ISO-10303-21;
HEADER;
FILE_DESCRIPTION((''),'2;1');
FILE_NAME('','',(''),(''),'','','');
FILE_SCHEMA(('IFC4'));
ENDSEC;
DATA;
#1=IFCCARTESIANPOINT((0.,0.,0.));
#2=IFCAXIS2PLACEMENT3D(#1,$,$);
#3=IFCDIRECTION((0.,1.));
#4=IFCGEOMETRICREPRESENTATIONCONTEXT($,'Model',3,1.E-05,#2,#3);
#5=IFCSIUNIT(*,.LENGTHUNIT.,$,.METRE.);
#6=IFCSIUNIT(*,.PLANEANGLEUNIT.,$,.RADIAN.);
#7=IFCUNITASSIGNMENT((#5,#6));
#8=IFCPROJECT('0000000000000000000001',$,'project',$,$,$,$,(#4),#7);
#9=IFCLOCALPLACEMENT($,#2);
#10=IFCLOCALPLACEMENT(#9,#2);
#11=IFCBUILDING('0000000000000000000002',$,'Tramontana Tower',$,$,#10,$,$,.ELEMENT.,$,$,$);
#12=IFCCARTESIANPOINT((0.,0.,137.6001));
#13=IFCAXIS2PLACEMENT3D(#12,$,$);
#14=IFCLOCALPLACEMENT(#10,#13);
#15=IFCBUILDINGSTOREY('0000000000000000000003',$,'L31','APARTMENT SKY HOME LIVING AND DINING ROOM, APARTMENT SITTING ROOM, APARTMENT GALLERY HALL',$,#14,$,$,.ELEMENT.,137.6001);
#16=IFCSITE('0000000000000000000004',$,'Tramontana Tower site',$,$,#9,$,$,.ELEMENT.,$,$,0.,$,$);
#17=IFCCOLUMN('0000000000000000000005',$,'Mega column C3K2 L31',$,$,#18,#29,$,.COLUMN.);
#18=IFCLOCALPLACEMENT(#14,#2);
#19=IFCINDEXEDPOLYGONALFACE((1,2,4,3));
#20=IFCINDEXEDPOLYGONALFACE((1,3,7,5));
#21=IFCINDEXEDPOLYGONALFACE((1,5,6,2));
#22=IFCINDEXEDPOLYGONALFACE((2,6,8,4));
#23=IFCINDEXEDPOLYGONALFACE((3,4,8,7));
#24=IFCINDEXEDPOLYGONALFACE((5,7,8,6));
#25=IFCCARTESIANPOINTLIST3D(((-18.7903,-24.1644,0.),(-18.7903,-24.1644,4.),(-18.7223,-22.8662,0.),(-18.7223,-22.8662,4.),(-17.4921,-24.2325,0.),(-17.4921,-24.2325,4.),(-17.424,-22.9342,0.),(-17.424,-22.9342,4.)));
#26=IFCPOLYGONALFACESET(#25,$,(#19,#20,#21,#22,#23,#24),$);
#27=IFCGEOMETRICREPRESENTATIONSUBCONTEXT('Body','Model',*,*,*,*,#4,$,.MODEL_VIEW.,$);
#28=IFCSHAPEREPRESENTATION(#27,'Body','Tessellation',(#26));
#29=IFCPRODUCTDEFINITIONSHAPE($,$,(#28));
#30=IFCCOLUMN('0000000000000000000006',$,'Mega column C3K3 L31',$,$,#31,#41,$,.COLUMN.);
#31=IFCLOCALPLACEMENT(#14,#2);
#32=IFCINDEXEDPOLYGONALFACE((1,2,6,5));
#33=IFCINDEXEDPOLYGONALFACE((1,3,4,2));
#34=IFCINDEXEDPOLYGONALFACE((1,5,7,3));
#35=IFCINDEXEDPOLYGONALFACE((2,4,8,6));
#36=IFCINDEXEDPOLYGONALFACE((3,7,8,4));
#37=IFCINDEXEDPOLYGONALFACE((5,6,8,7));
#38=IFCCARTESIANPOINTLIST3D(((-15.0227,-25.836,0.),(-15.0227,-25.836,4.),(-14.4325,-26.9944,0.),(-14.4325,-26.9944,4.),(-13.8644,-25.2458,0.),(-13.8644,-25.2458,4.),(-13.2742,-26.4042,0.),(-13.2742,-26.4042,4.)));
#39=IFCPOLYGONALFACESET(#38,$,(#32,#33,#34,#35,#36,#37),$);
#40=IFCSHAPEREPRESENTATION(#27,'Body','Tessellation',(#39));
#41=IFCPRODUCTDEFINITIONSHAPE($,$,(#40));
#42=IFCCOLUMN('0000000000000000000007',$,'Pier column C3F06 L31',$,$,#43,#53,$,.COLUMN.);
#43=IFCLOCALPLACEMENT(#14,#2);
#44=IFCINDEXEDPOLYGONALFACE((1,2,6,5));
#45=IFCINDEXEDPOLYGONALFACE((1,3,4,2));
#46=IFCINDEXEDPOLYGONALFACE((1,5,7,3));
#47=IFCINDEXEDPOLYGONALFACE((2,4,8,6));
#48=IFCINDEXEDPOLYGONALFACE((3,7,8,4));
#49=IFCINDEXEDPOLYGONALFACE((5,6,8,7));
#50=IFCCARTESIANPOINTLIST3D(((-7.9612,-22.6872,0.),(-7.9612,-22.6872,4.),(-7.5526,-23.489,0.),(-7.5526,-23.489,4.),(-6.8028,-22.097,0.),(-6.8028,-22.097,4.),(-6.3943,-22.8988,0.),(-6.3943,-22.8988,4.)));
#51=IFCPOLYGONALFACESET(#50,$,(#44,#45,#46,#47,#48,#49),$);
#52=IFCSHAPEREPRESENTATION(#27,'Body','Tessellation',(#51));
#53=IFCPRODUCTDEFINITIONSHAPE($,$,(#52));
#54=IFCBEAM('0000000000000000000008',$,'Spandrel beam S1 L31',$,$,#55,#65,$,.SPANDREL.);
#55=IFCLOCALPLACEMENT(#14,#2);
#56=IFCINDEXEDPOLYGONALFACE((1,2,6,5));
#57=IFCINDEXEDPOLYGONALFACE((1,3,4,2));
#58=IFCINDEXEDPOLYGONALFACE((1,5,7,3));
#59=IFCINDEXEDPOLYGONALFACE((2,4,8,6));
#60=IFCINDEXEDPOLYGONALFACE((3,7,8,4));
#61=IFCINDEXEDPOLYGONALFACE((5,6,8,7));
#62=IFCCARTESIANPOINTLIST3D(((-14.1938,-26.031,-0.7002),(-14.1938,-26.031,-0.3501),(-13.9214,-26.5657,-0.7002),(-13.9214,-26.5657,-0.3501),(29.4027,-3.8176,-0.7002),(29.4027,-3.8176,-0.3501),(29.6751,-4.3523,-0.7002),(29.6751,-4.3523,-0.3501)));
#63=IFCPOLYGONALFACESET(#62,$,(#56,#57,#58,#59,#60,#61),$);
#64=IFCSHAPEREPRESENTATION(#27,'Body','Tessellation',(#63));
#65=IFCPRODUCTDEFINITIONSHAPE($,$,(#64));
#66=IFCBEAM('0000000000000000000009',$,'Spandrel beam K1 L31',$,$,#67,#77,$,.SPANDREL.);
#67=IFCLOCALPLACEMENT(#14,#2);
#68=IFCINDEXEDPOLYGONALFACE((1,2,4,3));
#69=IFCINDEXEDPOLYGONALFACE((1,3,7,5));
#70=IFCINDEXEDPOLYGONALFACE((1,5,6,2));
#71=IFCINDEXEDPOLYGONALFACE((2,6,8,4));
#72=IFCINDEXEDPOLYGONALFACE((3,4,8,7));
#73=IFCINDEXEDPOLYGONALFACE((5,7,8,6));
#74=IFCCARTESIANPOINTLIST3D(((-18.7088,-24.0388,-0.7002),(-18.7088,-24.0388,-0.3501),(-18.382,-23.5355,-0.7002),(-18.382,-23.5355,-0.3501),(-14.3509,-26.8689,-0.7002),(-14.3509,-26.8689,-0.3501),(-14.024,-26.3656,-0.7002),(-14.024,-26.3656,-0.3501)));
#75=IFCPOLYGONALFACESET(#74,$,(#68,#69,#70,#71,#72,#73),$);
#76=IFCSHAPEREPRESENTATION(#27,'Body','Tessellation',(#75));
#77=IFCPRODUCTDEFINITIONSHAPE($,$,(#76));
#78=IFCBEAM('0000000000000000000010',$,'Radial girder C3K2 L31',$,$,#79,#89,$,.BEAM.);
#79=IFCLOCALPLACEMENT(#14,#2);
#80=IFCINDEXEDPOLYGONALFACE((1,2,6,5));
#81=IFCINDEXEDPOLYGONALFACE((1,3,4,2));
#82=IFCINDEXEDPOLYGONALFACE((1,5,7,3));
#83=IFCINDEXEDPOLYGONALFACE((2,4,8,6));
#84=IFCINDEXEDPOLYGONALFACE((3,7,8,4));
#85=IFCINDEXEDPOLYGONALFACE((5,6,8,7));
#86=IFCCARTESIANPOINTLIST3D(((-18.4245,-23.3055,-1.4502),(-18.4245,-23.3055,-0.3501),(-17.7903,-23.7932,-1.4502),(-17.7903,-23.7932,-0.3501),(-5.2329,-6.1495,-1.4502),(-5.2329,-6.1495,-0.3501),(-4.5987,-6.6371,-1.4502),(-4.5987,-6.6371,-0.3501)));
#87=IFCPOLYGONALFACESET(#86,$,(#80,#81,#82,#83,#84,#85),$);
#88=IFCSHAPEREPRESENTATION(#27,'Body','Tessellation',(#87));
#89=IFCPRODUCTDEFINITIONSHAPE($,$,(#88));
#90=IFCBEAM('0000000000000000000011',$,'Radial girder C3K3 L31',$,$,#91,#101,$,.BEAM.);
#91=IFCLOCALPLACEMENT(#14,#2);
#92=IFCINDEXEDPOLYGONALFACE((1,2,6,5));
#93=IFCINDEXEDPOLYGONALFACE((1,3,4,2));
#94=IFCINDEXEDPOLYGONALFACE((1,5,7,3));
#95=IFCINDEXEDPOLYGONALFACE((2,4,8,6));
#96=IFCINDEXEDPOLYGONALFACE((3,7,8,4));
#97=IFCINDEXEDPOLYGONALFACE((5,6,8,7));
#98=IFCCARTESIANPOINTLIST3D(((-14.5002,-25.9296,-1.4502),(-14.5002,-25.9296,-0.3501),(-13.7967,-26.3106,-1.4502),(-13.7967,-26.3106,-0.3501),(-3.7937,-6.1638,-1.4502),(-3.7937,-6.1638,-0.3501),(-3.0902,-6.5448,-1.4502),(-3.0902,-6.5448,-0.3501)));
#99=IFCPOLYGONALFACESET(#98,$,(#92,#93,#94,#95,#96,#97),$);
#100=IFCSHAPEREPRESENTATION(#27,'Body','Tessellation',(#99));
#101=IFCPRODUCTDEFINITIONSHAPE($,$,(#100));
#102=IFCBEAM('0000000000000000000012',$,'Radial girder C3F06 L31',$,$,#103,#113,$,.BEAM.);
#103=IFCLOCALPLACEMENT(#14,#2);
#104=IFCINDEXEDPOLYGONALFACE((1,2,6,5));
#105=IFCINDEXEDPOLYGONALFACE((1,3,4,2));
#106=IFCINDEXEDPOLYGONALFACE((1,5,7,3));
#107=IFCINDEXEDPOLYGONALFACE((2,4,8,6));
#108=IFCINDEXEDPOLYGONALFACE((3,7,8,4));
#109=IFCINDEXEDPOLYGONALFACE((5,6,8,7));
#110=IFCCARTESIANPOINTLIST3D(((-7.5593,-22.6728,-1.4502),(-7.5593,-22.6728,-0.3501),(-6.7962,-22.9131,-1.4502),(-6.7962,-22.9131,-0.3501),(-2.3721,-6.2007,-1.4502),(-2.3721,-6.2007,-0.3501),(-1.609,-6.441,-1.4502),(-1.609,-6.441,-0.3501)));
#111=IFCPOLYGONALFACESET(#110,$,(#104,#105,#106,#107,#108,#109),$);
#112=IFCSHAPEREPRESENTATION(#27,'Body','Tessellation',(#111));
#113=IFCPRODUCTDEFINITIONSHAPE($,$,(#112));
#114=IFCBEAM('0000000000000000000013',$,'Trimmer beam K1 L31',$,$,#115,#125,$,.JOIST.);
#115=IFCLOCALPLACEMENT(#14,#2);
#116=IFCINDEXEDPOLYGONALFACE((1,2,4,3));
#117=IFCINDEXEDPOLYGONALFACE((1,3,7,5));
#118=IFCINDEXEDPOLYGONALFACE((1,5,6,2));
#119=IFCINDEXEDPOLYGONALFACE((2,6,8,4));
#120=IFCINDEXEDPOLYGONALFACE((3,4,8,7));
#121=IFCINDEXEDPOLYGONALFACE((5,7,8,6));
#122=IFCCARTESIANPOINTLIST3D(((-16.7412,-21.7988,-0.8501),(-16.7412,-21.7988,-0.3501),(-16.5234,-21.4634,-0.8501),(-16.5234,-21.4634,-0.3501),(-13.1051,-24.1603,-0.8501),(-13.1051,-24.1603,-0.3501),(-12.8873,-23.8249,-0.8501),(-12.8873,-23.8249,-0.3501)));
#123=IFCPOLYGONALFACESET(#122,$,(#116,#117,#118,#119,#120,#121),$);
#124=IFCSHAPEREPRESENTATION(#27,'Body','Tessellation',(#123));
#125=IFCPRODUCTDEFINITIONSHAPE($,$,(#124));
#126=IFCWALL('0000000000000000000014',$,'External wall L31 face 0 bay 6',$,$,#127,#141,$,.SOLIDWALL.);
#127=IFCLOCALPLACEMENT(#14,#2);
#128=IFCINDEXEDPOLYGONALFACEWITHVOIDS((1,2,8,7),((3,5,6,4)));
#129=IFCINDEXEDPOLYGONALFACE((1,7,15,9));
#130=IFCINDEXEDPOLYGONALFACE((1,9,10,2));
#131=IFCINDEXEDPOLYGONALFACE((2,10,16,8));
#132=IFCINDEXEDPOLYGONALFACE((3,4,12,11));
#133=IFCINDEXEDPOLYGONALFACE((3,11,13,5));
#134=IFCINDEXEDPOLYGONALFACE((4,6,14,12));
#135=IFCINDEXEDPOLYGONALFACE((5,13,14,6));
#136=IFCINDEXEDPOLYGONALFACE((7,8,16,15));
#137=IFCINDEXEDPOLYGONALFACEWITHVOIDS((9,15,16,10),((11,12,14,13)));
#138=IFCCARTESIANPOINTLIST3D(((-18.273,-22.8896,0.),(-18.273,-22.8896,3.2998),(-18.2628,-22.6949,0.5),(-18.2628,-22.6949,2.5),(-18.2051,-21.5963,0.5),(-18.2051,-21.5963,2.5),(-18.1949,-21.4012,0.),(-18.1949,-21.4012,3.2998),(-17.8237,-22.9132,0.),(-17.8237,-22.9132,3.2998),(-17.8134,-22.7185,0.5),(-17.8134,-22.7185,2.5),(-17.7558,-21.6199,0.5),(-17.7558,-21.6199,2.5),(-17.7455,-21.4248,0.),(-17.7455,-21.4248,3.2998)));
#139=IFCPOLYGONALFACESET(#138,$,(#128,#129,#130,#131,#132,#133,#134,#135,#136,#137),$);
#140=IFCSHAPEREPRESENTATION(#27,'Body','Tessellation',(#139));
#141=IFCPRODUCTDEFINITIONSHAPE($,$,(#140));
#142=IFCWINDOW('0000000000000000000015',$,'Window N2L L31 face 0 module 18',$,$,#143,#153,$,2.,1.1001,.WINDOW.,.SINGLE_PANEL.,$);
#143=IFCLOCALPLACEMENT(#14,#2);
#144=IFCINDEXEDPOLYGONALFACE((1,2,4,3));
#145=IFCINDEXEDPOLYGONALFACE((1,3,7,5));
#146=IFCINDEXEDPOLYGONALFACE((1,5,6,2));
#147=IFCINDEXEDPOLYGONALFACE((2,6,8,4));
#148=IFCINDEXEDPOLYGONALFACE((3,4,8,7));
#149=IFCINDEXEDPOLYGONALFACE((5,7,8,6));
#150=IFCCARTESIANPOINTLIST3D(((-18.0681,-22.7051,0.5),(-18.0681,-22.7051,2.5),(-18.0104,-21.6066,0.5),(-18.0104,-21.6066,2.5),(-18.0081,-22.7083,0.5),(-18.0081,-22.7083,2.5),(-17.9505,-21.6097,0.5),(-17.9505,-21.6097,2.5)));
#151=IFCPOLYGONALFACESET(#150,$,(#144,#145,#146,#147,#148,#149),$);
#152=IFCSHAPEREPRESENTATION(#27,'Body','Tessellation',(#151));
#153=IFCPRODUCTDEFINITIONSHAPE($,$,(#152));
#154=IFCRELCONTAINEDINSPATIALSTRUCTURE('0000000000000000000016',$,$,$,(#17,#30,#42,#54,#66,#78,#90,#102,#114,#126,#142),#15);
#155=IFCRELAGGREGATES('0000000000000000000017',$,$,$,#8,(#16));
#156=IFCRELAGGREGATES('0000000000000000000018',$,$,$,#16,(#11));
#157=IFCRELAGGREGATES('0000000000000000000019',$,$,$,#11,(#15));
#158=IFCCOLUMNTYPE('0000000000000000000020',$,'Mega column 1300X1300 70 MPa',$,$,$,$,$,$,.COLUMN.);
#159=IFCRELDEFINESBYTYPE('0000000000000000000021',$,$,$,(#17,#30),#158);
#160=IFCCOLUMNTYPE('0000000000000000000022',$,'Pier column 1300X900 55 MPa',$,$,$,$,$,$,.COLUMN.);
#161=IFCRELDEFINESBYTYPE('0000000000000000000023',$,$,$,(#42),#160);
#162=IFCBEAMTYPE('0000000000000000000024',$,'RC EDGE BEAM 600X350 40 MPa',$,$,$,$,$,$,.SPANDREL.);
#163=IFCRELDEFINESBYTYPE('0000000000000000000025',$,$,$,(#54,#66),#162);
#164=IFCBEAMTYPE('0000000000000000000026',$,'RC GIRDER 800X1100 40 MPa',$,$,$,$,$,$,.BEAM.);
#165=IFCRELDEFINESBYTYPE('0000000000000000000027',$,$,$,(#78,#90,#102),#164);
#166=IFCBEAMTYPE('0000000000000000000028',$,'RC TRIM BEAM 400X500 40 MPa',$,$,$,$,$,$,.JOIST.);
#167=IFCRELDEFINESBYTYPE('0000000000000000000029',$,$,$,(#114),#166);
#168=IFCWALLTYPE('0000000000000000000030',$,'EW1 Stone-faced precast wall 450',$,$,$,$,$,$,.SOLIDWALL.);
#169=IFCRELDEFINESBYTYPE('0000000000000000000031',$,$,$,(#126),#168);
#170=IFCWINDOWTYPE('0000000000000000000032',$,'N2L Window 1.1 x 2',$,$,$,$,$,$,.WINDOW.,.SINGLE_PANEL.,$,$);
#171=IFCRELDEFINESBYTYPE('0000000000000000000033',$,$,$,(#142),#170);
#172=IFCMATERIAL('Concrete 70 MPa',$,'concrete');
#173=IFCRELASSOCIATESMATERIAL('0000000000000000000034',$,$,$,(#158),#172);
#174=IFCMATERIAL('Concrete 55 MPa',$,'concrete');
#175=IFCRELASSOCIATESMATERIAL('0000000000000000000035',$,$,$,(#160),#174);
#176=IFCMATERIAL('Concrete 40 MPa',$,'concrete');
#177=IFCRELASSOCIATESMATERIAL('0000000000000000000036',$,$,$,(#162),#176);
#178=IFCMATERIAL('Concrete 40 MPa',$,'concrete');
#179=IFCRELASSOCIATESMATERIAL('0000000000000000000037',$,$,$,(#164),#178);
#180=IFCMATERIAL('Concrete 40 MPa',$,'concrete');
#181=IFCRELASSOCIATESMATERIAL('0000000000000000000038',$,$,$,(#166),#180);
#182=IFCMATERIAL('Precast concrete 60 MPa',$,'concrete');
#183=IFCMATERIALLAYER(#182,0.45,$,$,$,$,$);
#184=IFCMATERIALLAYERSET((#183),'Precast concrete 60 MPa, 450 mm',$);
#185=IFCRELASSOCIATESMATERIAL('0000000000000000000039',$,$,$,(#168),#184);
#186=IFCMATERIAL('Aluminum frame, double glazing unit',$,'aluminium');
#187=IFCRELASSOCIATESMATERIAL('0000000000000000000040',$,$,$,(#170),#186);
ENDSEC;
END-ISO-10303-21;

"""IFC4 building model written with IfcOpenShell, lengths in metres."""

from ifc_helpers import new_model, si_unit, direction, frame, frame_2d, origin, origin_2d, place, context, subcontext, project, spatial, rectangle, extrude, material, layer, layer_set, material_profile, profile_set, type_object, element, fill, save


model = new_model("IFC4")

# Units and contexts
model_context = context("Model", 3, precision=1e-05, world=origin(), true_north=direction((0.0, 1.0)))
body_context = subcontext(model_context, "Body", "Model", "MODEL_VIEW")
ifc_project = project(units=[si_unit("LENGTHUNIT", "METRE"), si_unit("PLANEANGLEUNIT", "RADIAN")], contexts=[model_context])

# Site, building, storey
site_placement = place(None, origin())
site = spatial("IfcSite", under=ifc_project, at=site_placement, Name="Tramontana Tower site", CompositionType="ELEMENT", RefElevation=0.0)
building_placement = place(site_placement, origin())
building = spatial("IfcBuilding", under=site, at=building_placement, Name="Tramontana Tower", CompositionType="ELEMENT")
storey_placement = place(building_placement, frame((0.0, 0.0, 137.6001)))
storey = spatial("IfcBuildingStorey", under=building, at=storey_placement, Name="L31", Description="APARTMENT SKY HOME LIVING AND DINING ROOM, APARTMENT SITTING ROOM, APARTMENT GALLERY HALL", CompositionType="ELEMENT", Elevation=137.6001)

# Columns
ifc_material_1 = material(Name="Concrete 70 MPa", Category="concrete")
ifc_material_profile_1 = material_profile(ifc_material_1, rectangle(XDim=1.3, YDim=1.3, at=origin_2d()), Name="Mega column 1300X1300 70 MPa")
ifc_profile_set_1 = profile_set([ifc_material_profile_1], Name="Concrete 70 MPa")
column_type_1 = type_object("IfcColumnType", Name="Mega column 1300X1300 70 MPa", PredefinedType="COLUMN", material=ifc_profile_set_1)
for number, where, z_axis, x_axis, name in (
    (1, (-18.1072, -23.5493, 0.0), (0.0, 0.0, 1.0), (-0.052336, -0.99863, 0.0), "Mega column C3K2 L31"),
    (2, (-14.1484, -26.1201, 0.0), (0.0, 0.0, 1.0), (0.891007, 0.45399, 0.0), "Mega column C3K3 L31"),
):
    element("IfcColumn", number, at=place(storey_placement, frame(where, z_axis=z_axis, x_axis=x_axis)), inside=storey, type_object=column_type_1, Name=name, PredefinedType="COLUMN", context=body_context, shape_type="SweptSolid", body=[
        extrude(rectangle(XDim=1.3, YDim=1.3, at=origin_2d()), origin(), (0.0, 0.0, 1.0), 4.0),
    ])
ifc_material_2 = material(Name="Concrete 55 MPa", Category="concrete")
ifc_material_profile_2 = material_profile(ifc_material_2, rectangle(XDim=1.3, YDim=0.8999, at=origin_2d()), Name="Pier column 1300X900 55 MPa")
ifc_profile_set_2 = profile_set([ifc_material_profile_2], Name="Concrete 55 MPa")
column_type_2 = type_object("IfcColumnType", Name="Pier column 1300X900 55 MPa", PredefinedType="COLUMN", material=ifc_profile_set_2)
column_placement = place(storey_placement, frame((-7.1777, -22.793, 0.0), z_axis=(0.0, 0.0, 1.0), x_axis=(0.891007, 0.45399, 0.0)))
element("IfcColumn", 3, at=column_placement, inside=storey, type_object=column_type_2, Name="Pier column C3F06 L31", PredefinedType="COLUMN", context=body_context, shape_type="SweptSolid", body=[
    extrude(rectangle(XDim=1.3, YDim=0.8999, at=origin_2d()), origin(), (0.0, 0.0, 1.0), 4.0),
])

# Beams
ifc_material_3 = material(Name="Concrete 40 MPa", Category="concrete")
ifc_material_profile_3 = material_profile(ifc_material_3, rectangle(XDim=0.6001, YDim=0.3501, at=origin_2d()), Name="RC EDGE BEAM 600X350 40 MPa")
ifc_profile_set_3 = profile_set([ifc_material_profile_3], Name="Concrete 40 MPa")
beam_type_1 = type_object("IfcBeamType", Name="RC EDGE BEAM 600X350 40 MPa", PredefinedType="SPANDREL", material=ifc_profile_set_3)
beam_1_placement = place(storey_placement, frame((-14.0576, -26.2983, -0.5251), z_axis=(0.891007, 0.453989, 0.0), x_axis=(-0.453989, 0.891007, 0.0)))
element("IfcBeam", 4, at=beam_1_placement, inside=storey, type_object=beam_type_1, Name="Spandrel beam S1 L31", PredefinedType="SPANDREL", context=body_context, shape_type="SweptSolid", body=[
    extrude(rectangle(XDim=0.6001, YDim=0.3501, at=origin_2d()), origin(), (0.0, 0.0, 1.0), 48.9294),
])
beam_2_placement = place(storey_placement, frame((-18.5454, -23.7871, -0.5251), z_axis=(0.838669, -0.544641, 0.0), x_axis=(0.544641, 0.838669, 0.0)))
element("IfcBeam", 5, at=beam_2_placement, inside=storey, type_object=beam_type_1, Name="Spandrel beam K1 L31", PredefinedType="SPANDREL", context=body_context, shape_type="SweptSolid", body=[
    extrude(rectangle(XDim=0.6001, YDim=0.3501, at=origin_2d()), origin(), (0.0, 0.0, 1.0), 5.1963),
])
ifc_material_4 = material(Name="Concrete 40 MPa", Category="concrete")
ifc_material_profile_4 = material_profile(ifc_material_4, rectangle(XDim=0.8, YDim=1.1001, at=origin_2d()), Name="RC GIRDER 800X1100 40 MPa")
ifc_profile_set_4 = profile_set([ifc_material_profile_4], Name="Concrete 40 MPa")
beam_type_2 = type_object("IfcBeamType", Name="RC GIRDER 800X1100 40 MPa", PredefinedType="BEAM", material=ifc_profile_set_4)
beam_3_placement = place(storey_placement, frame((-18.1074, -23.5493, -0.9001), z_axis=(0.609558, 0.792742, 0.0), x_axis=(-0.792742, 0.609558, 0.0)))
element("IfcBeam", 6, at=beam_3_placement, inside=storey, type_object=beam_type_2, Name="Radial girder C3K2 L31", PredefinedType="BEAM", context=body_context, shape_type="SweptSolid", body=[
    extrude(rectangle(XDim=0.8, YDim=1.1001, at=origin_2d()), origin(), (0.0, 0.0, 1.0), 21.6414),
])
beam_4_placement = place(storey_placement, frame((-14.1484, -26.1201, -0.9001), z_axis=(0.476284, 0.879291, 0.0), x_axis=(-0.879291, 0.476284, 0.0)))
element("IfcBeam", 7, at=beam_4_placement, inside=storey, type_object=beam_type_2, Name="Radial girder C3K3 L31", PredefinedType="BEAM", context=body_context, shape_type="SweptSolid", body=[
    extrude(rectangle(XDim=0.8, YDim=1.1001, at=origin_2d()), origin(), (0.0, 0.0, 1.0), 22.4792),
])
beam_5_placement = place(storey_placement, frame((-7.1777, -22.793, -0.9001), z_axis=(0.300369, 0.953823, 0.0), x_axis=(-0.953823, 0.300369, 0.0)))
element("IfcBeam", 8, at=beam_5_placement, inside=storey, type_object=beam_type_2, Name="Radial girder C3F06 L31", PredefinedType="BEAM", context=body_context, shape_type="SweptSolid", body=[
    extrude(rectangle(XDim=0.8, YDim=1.1001, at=origin_2d()), origin(), (0.0, 0.0, 1.0), 17.2695),
])
ifc_material_5 = material(Name="Concrete 40 MPa", Category="concrete")
ifc_material_profile_5 = material_profile(ifc_material_5, rectangle(XDim=0.3999, YDim=0.5, at=origin_2d()), Name="RC TRIM BEAM 400X500 40 MPa")
ifc_profile_set_5 = profile_set([ifc_material_profile_5], Name="Concrete 40 MPa")
beam_type_3 = type_object("IfcBeamType", Name="RC TRIM BEAM 400X500 40 MPa", PredefinedType="JOIST", material=ifc_profile_set_5)
beam_6_placement = place(storey_placement, frame((-16.6323, -21.6311, -0.6001), z_axis=(0.838652, -0.544668, 0.0), x_axis=(0.544668, 0.838652, 0.0)))
element("IfcBeam", 9, at=beam_6_placement, inside=storey, type_object=beam_type_3, Name="Trimmer beam K1 L31", PredefinedType="JOIST", context=body_context, shape_type="SweptSolid", body=[
    extrude(rectangle(XDim=0.3999, YDim=0.5, at=origin_2d()), origin(), (0.0, 0.0, 1.0), 4.3357),
])

# Wall, opening, window
ifc_material_6 = material(Name="Precast concrete 60 MPa", Category="concrete")
ifc_layer_1 = layer(ifc_material_6, 0.45)
ifc_layer_set_1 = layer_set([ifc_layer_1], Name="Precast concrete 60 MPa, 450 mm")
wall_type_1 = type_object("IfcWallType", Name="EW1 Stone-faced precast wall 450", PredefinedType="SOLIDWALL", material=ifc_layer_set_1)
wall_1_placement = place(storey_placement, frame((-17.9702, -21.4131, 0.0), z_axis=(0.0, 0.0, 1.0), x_axis=(-0.052413, -0.998626, 0.0)))
wall_1 = element("IfcWall", 10, at=wall_1_placement, inside=storey, type_object=wall_type_1, Name="External wall L31 face 0 bay 6", PredefinedType="SOLIDWALL", context=body_context, shape_type="SweptSolid", body=[
    extrude(rectangle(XDim=1.4905, YDim=0.45, at=frame_2d((0.7451, 0.0))), origin(), (0.0, 0.0, 1.0), 3.2998),
])
opening_1_placement = place(wall_1_placement, frame((0.1953, 0.0, 0.5)))
opening_1 = element("IfcOpeningElement", 11, at=opening_1_placement, cuts=wall_1, PredefinedType="OPENING", context=body_context, shape_type="SweptSolid", body=[
    extrude(rectangle(XDim=1.1001, YDim=2.0, at=frame_2d((0.55, 1.0))), frame((0.0, 0.2349, 0.0), z_axis=(0.0, -1.0, 0.0), x_axis=(1.0, 0.0, 0.0)), (0.0, 0.0, 1.0), 0.47),
])
ifc_material_7 = material(Name="Aluminum frame, double glazing unit", Category="aluminium")
window_type_1 = type_object("IfcWindowType", Name="N2L Window 1.1 x 2", PartitioningType="SINGLE_PANEL", PredefinedType="WINDOW", material=ifc_material_7)
window_1_placement = place(opening_1_placement, origin())
window_1 = element("IfcWindow", 12, at=window_1_placement, inside=storey, type_object=window_type_1, Name="Window N2L L31 face 0 module 18", OverallHeight=2.0, OverallWidth=1.1001, PartitioningType="SINGLE_PANEL", PredefinedType="WINDOW", context=body_context, shape_type="SweptSolid", body=[
    extrude(rectangle(XDim=1.1001, YDim=2.0, at=frame_2d((0.55, 1.0))), frame((0.0, 0.03, 0.0), z_axis=(0.0, -1.0, 0.0), x_axis=(1.0, 0.0, 0.0)), (0.0, 0.0, 1.0), 0.0601),
])
fill(opening_1, window_1)

save(model, "model.ifc")
